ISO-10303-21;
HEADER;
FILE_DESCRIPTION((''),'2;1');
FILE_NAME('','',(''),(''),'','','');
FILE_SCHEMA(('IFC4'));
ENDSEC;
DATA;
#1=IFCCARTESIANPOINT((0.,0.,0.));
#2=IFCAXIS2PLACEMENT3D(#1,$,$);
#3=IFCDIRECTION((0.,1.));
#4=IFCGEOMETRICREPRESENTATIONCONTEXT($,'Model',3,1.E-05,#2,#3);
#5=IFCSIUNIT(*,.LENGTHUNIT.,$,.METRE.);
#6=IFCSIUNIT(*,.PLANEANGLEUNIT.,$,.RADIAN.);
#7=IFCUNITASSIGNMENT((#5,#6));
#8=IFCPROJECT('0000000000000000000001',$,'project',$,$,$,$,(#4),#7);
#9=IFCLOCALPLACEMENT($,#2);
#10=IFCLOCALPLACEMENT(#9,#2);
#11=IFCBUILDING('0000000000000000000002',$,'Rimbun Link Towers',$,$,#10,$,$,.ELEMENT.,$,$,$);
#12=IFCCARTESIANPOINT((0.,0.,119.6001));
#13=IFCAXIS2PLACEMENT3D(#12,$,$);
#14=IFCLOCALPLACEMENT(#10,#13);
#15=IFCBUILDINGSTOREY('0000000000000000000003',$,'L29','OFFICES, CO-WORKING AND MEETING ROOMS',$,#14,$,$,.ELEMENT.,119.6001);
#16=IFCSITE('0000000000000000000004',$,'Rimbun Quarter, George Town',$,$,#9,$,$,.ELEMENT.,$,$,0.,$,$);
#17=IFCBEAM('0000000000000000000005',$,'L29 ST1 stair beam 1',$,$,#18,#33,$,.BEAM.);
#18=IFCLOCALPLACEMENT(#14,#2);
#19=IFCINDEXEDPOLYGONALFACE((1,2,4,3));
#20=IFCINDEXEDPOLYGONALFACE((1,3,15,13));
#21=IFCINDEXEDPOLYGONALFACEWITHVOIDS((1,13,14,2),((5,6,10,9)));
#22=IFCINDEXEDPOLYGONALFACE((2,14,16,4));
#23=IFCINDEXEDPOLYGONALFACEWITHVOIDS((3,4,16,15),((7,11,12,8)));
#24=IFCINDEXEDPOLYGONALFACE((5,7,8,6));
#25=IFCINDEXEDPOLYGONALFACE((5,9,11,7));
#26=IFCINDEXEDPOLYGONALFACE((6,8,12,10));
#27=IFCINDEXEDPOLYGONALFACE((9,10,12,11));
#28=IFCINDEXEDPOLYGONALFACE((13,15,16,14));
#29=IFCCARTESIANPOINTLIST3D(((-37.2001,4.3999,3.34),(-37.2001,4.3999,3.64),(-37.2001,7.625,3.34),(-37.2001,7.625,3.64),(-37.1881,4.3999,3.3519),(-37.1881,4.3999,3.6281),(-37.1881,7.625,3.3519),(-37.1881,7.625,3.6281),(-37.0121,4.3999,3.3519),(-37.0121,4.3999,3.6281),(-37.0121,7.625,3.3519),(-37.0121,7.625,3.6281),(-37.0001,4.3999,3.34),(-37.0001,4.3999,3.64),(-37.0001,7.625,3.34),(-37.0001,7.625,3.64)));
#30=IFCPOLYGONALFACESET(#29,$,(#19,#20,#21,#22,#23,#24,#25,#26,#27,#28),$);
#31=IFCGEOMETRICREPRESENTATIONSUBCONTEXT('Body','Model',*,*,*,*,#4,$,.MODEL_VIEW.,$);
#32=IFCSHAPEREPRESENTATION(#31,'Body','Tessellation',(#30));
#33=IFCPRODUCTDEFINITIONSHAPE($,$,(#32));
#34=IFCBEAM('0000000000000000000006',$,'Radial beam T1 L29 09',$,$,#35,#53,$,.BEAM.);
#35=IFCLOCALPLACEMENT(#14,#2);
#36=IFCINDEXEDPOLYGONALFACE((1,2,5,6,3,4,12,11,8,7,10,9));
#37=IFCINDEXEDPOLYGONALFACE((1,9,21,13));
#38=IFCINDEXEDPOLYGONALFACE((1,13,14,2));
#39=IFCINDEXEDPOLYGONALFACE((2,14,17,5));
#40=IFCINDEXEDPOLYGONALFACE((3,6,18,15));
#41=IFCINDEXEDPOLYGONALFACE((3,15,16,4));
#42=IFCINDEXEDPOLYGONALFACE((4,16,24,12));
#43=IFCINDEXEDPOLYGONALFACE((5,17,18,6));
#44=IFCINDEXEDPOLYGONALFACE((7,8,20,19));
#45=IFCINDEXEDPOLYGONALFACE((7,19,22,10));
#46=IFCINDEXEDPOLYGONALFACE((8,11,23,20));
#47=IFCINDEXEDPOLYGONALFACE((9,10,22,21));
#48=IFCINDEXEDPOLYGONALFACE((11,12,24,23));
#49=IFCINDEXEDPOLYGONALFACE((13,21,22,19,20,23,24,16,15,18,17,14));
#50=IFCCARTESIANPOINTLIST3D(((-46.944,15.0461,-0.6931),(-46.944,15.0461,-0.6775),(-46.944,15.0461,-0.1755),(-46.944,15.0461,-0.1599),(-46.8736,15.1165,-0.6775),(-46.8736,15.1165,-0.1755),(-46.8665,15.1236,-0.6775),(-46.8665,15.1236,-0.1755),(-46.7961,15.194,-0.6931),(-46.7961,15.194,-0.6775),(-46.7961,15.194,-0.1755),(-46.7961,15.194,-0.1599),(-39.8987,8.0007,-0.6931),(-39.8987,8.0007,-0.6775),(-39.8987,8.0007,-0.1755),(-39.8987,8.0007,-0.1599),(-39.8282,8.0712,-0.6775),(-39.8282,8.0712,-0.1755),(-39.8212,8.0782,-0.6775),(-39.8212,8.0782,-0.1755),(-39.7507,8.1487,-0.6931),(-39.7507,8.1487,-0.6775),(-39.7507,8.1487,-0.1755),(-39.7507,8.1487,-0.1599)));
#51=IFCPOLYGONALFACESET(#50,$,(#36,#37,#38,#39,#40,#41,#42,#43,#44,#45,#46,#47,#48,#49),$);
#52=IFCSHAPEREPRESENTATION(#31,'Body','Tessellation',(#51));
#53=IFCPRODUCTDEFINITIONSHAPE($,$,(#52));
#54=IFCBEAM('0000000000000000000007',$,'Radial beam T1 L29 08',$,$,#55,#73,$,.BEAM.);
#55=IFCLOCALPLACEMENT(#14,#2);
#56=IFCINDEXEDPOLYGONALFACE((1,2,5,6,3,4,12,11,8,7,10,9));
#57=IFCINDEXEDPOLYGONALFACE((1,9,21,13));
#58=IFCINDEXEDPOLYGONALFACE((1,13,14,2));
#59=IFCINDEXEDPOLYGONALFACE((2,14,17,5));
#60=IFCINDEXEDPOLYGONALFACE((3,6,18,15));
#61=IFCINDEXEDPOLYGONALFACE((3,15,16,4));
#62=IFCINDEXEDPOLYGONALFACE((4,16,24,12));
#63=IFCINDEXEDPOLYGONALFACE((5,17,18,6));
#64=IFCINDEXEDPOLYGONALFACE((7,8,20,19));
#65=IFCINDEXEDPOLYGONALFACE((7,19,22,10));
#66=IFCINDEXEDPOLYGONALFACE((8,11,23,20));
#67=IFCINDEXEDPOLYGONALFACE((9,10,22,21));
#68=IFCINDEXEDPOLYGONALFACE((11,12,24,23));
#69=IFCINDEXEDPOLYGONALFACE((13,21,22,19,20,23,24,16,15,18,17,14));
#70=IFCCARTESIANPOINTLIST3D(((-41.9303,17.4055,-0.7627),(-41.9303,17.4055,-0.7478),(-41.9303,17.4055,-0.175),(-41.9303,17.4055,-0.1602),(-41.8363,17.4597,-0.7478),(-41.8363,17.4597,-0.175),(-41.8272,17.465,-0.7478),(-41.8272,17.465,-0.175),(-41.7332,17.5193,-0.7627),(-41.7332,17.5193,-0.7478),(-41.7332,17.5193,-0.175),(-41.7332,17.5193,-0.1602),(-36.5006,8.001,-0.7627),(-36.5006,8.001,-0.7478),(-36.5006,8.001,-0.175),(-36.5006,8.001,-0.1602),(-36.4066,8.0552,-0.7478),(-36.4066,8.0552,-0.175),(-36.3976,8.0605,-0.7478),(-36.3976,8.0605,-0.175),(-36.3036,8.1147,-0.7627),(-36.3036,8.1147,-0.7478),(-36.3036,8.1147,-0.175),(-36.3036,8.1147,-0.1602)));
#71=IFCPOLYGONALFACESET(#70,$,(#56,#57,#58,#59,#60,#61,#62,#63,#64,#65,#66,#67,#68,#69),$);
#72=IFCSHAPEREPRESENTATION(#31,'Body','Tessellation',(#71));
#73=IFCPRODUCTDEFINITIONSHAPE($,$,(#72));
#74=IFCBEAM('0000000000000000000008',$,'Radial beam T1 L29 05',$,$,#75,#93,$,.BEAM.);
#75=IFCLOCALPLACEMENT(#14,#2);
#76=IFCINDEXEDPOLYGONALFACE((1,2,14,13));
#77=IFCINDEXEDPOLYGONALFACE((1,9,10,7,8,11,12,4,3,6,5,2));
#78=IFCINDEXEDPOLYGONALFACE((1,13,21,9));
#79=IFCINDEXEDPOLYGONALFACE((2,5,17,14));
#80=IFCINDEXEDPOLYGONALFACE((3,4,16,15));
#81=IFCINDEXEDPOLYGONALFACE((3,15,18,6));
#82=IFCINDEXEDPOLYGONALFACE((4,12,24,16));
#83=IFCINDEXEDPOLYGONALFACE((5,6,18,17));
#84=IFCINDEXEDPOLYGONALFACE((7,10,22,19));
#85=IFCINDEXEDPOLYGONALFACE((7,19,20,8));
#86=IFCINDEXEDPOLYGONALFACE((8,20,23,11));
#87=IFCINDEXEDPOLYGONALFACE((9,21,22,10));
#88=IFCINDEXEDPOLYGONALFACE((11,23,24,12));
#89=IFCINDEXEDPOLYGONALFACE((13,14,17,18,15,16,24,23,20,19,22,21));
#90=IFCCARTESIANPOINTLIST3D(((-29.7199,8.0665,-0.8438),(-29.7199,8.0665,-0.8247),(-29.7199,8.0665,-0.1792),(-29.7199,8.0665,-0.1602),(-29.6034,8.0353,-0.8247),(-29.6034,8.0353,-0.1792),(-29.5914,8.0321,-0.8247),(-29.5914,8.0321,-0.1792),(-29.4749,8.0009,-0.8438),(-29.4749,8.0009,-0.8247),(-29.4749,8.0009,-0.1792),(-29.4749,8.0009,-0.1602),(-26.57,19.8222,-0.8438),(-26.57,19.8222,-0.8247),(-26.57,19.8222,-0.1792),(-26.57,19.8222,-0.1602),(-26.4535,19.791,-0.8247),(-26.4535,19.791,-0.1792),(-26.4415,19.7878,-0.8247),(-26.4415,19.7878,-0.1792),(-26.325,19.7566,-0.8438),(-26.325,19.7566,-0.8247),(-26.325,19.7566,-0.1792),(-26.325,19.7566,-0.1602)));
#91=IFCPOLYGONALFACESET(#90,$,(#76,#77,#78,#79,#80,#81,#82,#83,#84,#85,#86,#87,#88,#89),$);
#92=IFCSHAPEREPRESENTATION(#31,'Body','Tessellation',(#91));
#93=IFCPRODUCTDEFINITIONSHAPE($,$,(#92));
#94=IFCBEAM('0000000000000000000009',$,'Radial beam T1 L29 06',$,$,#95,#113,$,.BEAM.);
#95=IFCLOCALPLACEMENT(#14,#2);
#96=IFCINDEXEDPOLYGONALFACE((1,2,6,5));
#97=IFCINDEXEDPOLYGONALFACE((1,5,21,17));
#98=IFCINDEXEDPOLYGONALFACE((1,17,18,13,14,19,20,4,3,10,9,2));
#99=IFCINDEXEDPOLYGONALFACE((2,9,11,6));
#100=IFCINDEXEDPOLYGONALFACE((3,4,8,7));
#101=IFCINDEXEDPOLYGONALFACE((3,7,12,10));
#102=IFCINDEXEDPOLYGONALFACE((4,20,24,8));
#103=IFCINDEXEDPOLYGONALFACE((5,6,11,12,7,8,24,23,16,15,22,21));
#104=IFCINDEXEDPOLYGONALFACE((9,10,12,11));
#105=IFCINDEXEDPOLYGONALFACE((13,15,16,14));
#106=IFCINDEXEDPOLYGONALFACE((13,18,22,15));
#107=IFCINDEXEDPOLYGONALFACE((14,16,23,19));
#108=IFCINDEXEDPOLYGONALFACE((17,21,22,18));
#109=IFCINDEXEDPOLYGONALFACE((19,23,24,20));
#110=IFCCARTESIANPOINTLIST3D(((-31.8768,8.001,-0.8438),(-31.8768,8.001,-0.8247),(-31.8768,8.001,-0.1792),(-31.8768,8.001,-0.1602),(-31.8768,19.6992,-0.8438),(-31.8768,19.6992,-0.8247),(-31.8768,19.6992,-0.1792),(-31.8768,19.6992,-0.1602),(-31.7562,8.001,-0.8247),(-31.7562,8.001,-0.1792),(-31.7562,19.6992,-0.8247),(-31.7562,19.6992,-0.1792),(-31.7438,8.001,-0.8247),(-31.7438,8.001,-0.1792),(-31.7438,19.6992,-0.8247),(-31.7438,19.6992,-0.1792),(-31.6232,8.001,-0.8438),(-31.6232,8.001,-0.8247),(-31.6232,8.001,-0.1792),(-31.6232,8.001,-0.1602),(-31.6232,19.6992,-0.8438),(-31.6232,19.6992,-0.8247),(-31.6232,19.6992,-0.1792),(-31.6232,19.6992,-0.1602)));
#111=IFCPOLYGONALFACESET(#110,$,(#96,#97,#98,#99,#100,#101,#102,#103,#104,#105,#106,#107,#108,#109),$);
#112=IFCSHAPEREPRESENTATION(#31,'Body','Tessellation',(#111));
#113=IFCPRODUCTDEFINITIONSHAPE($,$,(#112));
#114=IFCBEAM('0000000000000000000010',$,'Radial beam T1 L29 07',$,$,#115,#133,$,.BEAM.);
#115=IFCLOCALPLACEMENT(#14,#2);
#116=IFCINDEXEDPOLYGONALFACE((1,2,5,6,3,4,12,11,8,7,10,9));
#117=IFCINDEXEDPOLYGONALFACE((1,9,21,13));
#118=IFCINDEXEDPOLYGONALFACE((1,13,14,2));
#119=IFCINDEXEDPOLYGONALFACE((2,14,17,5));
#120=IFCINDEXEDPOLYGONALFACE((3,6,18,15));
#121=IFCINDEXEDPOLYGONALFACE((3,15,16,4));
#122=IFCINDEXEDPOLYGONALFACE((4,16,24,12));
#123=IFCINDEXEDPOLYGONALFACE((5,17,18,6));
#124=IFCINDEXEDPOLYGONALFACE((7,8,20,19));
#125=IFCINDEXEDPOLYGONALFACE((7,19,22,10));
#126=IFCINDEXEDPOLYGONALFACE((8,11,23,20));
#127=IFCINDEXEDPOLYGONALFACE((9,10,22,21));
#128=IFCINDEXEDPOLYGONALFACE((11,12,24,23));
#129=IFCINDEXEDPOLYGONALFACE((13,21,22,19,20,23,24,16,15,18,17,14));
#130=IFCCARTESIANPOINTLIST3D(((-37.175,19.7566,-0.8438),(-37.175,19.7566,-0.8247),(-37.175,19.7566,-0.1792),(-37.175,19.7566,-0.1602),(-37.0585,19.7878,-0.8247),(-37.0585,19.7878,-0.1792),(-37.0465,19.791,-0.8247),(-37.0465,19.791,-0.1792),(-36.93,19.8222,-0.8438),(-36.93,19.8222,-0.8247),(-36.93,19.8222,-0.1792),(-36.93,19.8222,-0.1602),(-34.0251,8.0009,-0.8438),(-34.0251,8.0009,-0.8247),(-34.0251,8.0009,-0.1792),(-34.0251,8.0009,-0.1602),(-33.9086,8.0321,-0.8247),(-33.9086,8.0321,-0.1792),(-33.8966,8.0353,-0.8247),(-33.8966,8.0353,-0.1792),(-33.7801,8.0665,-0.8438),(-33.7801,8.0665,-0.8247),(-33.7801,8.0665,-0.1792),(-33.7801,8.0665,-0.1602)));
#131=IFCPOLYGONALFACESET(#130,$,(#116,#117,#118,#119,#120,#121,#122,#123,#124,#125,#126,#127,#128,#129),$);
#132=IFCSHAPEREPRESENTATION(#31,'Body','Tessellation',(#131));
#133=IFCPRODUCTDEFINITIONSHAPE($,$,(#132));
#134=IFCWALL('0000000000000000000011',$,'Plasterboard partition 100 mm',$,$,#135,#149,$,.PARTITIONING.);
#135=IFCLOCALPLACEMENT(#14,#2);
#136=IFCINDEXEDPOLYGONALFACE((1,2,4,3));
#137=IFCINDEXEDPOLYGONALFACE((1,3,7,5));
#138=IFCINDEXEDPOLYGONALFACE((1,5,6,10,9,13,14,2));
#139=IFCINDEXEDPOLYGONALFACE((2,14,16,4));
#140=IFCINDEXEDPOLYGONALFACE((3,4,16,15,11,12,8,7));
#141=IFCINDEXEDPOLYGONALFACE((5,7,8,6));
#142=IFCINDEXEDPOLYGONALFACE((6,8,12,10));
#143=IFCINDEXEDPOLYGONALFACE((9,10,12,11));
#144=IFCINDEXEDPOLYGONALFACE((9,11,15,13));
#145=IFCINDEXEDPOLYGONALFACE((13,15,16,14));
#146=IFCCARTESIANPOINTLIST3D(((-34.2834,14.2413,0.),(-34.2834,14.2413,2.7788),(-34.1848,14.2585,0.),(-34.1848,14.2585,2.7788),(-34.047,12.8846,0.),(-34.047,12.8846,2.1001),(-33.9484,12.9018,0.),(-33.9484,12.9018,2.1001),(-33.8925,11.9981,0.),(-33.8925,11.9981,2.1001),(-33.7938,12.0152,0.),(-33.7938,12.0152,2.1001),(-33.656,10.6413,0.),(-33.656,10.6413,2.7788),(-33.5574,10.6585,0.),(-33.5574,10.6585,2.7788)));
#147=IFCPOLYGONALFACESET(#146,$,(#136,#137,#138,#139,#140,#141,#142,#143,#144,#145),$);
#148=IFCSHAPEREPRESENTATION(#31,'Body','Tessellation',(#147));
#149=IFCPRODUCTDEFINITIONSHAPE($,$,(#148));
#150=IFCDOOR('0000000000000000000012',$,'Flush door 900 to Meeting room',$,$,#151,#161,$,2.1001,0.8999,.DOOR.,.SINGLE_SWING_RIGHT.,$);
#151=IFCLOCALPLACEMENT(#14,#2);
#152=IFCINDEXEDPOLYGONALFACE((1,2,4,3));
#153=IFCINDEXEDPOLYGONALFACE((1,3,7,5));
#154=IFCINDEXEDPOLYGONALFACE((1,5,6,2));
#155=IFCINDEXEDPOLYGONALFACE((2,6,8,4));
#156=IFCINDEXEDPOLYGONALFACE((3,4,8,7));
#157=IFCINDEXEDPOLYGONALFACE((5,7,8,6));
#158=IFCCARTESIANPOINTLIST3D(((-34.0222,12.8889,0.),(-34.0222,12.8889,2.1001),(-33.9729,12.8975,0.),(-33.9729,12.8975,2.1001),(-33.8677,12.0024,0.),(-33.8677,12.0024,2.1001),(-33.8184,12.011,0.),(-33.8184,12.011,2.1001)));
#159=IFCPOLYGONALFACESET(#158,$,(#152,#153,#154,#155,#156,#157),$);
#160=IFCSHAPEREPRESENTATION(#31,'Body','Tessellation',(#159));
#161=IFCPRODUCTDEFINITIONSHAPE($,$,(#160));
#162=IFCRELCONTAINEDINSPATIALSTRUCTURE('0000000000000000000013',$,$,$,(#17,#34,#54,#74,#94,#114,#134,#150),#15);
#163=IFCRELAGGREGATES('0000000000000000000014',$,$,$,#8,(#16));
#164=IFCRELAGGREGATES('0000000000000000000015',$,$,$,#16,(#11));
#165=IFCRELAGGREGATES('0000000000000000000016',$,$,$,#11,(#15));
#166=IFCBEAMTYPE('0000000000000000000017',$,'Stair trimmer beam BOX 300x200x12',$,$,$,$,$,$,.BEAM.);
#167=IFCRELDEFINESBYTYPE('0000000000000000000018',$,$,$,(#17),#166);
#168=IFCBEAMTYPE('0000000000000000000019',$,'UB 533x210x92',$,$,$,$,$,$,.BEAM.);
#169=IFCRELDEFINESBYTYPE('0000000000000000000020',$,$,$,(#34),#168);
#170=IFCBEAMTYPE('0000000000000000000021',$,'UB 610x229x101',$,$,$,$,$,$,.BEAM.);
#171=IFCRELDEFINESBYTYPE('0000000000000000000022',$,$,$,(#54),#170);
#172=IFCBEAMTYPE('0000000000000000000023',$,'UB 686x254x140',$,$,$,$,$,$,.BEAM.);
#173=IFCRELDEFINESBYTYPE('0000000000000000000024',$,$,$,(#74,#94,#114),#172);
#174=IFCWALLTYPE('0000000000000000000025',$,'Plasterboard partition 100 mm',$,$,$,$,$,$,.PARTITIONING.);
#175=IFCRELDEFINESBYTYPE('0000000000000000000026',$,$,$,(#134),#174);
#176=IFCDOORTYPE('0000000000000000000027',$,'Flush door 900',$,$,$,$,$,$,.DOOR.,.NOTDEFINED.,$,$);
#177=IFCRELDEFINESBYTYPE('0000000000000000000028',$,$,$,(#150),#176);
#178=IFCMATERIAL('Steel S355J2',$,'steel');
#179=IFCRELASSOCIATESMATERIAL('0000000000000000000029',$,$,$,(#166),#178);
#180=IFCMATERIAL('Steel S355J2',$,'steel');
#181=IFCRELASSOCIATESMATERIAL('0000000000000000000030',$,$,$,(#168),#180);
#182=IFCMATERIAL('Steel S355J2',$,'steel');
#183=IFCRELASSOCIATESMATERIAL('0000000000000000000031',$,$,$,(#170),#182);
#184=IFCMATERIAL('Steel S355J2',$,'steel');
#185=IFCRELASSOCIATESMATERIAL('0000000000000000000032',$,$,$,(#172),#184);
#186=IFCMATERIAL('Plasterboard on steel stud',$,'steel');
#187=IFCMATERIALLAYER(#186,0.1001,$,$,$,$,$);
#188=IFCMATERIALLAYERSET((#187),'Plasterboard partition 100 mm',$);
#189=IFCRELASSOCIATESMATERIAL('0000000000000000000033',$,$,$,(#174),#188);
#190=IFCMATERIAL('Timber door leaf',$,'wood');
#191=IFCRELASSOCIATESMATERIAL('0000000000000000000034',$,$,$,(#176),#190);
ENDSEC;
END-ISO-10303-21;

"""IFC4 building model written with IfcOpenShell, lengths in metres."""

from ifc_helpers import new_model, si_unit, direction, frame, frame_2d, origin, origin_2d, place, context, subcontext, project, spatial, rectangle, hollow_rectangle, i_section, extrude, material, layer, layer_set, material_profile, profile_set, type_object, element, fill, save


model = new_model("IFC4")

# Units and contexts
model_context = context("Model", 3, precision=1e-05, world=origin(), true_north=direction((0.0, 1.0)))
body_context = subcontext(model_context, "Body", "Model", "MODEL_VIEW")
ifc_project = project(units=[si_unit("LENGTHUNIT", "METRE"), si_unit("PLANEANGLEUNIT", "RADIAN")], contexts=[model_context])

# Site, building, storey
site_placement = place(None, origin())
site = spatial("IfcSite", under=ifc_project, at=site_placement, Name="Rimbun Quarter, George Town", CompositionType="ELEMENT", RefElevation=0.0)
building_placement = place(site_placement, origin())
building = spatial("IfcBuilding", under=site, at=building_placement, Name="Rimbun Link Towers", CompositionType="ELEMENT")
storey_placement = place(building_placement, frame((0.0, 0.0, 119.6001)))
storey = spatial("IfcBuildingStorey", under=building, at=storey_placement, Name="L29", Description="OFFICES, CO-WORKING AND MEETING ROOMS", CompositionType="ELEMENT", Elevation=119.6001)

# Beams
ifc_material_1 = material(Name="Steel S355J2", Category="steel")
ifc_material_profile_1 = material_profile(ifc_material_1, hollow_rectangle(XDim=0.2, YDim=0.3, WallThickness=0.012, at=origin_2d()), Name="BOX 300x200x12")
ifc_profile_set_1 = profile_set([ifc_material_profile_1], Name="Steel S355J2")
beam_type_1 = type_object("IfcBeamType", Name="Stair trimmer beam BOX 300x200x12", PredefinedType="BEAM", material=ifc_profile_set_1)
beam_1_placement = place(storey_placement, frame((-37.1001, 7.625, 3.49), z_axis=(0.0, -1.0, 0.0), x_axis=(1.0, 0.0, 0.0)))
element("IfcBeam", 1, at=beam_1_placement, inside=storey, type_object=beam_type_1, Name="L29 ST1 stair beam 1", PredefinedType="BEAM", context=body_context, shape_type="SweptSolid", body=[
    extrude(hollow_rectangle(XDim=0.2, YDim=0.3, WallThickness=0.012, at=origin_2d()), origin(), (0.0, 0.0, 1.0), 3.2251),
])
ifc_material_2 = material(Name="Steel S355J2", Category="steel")
ifc_material_profile_2 = material_profile(ifc_material_2, i_section(OverallWidth=0.2092, OverallDepth=0.5332, WebThickness=0.01, FlangeThickness=0.0156, at=origin_2d()), Name="UB 533x210x92")
ifc_profile_set_2 = profile_set([ifc_material_profile_2], Name="Steel S355J2")
beam_type_2 = type_object("IfcBeamType", Name="UB 533x210x92", PredefinedType="BEAM", material=ifc_profile_set_2)
beam_2_placement = place(storey_placement, frame((-39.8247, 8.0747, -0.4265), z_axis=(-0.707107, 0.707107, 0.0), x_axis=(-0.707107, -0.707107, 0.0)))
element("IfcBeam", 2, at=beam_2_placement, inside=storey, type_object=beam_type_2, Name="Radial beam T1 L29 09", PredefinedType="BEAM", context=body_context, shape_type="SweptSolid", body=[
    extrude(i_section(OverallWidth=0.2092, OverallDepth=0.5332, WebThickness=0.01, FlangeThickness=0.0156, at=origin_2d()), origin(), (0.0, 0.0, 1.0), 9.9636),
])
ifc_material_3 = material(Name="Steel S355J2", Category="steel")
ifc_material_profile_3 = material_profile(ifc_material_3, i_section(OverallWidth=0.2275, OverallDepth=0.6025, WebThickness=0.0105, FlangeThickness=0.0149, at=origin_2d()), Name="UB 610x229x101")
ifc_profile_set_3 = profile_set([ifc_material_profile_3], Name="Steel S355J2")
beam_type_3 = type_object("IfcBeamType", Name="UB 610x229x101", PredefinedType="BEAM", material=ifc_profile_set_3)
beam_3_placement = place(storey_placement, frame((-36.4021, 8.0579, -0.4614), z_axis=(-0.499998, 0.866026, 0.0), x_axis=(-0.866026, -0.499998, 0.0)))
element("IfcBeam", 3, at=beam_3_placement, inside=storey, type_object=beam_type_3, Name="Radial beam T1 L29 08", PredefinedType="BEAM", context=body_context, shape_type="SweptSolid", body=[
    extrude(i_section(OverallWidth=0.2275, OverallDepth=0.6025, WebThickness=0.0105, FlangeThickness=0.0149, at=origin_2d()), origin(), (0.0, 0.0, 1.0), 10.8594),
])
ifc_material_4 = material(Name="Steel S355J2", Category="steel")
ifc_material_profile_4 = material_profile(ifc_material_4, i_section(OverallWidth=0.2537, OverallDepth=0.6836, WebThickness=0.0125, FlangeThickness=0.019, at=origin_2d()), Name="UB 686x254x140")
ifc_profile_set_4 = profile_set([ifc_material_profile_4], Name="Steel S355J2")
beam_type_4 = type_object("IfcBeamType", Name="UB 686x254x140", PredefinedType="BEAM", material=ifc_profile_set_4)
beam_4_placement = place(storey_placement, frame((-29.5974, 8.0337, -0.502), z_axis=(0.258819, 0.965926, 0.0), x_axis=(-0.965926, 0.258819, 0.0)))
element("IfcBeam", 4, at=beam_4_placement, inside=storey, type_object=beam_type_4, Name="Radial beam T1 L29 05", PredefinedType="BEAM", context=body_context, shape_type="SweptSolid", body=[
    extrude(i_section(OverallWidth=0.2537, OverallDepth=0.6836, WebThickness=0.0125, FlangeThickness=0.019, at=origin_2d()), origin(), (0.0, 0.0, 1.0), 12.1704),
])
beam_5_placement = place(storey_placement, frame((-31.75, 8.001, -0.502), z_axis=(0.0, 1.0, 0.0), x_axis=(-1.0, 0.0, 0.0)))
element("IfcBeam", 5, at=beam_5_placement, inside=storey, type_object=beam_type_4, Name="Radial beam T1 L29 06", PredefinedType="BEAM", context=body_context, shape_type="SweptSolid", body=[
    extrude(i_section(OverallWidth=0.2537, OverallDepth=0.6836, WebThickness=0.0125, FlangeThickness=0.019, at=origin_2d()), origin(), (0.0, 0.0, 1.0), 11.6982),
])
beam_6_placement = place(storey_placement, frame((-33.9026, 8.0337, -0.502), z_axis=(-0.258819, 0.965926, 0.0), x_axis=(-0.965926, -0.258819, 0.0)))
element("IfcBeam", 6, at=beam_6_placement, inside=storey, type_object=beam_type_4, Name="Radial beam T1 L29 07", PredefinedType="BEAM", context=body_context, shape_type="SweptSolid", body=[
    extrude(i_section(OverallWidth=0.2537, OverallDepth=0.6836, WebThickness=0.0125, FlangeThickness=0.019, at=origin_2d()), origin(), (0.0, 0.0, 1.0), 12.1704),
])

# Wall, opening, door
ifc_material_5 = material(Name="Plasterboard on steel stud", Category="steel")
ifc_layer_1 = layer(ifc_material_5, 0.1001)
ifc_layer_set_1 = layer_set([ifc_layer_1], Name="Plasterboard partition 100 mm")
wall_type_1 = type_object("IfcWallType", Name="Plasterboard partition 100 mm", PredefinedType="PARTITIONING", material=ifc_layer_set_1)
wall_1_placement = place(storey_placement, frame((-33.6067, 10.6499, 0.0), z_axis=(0.0, 0.0, 1.0), x_axis=(-0.171696, 0.98515, 0.0)))
wall_1 = element("IfcWall", 7, at=wall_1_placement, inside=storey, type_object=wall_type_1, Name="Plasterboard partition 100 mm", PredefinedType="PARTITIONING", context=body_context, shape_type="SweptSolid", body=[
    extrude(rectangle(XDim=3.6543, YDim=0.1001, at=frame_2d((1.8271, 0.0))), origin(), (0.0, 0.0, 1.0), 2.7788),
])
opening_1_placement = place(wall_1_placement, frame((1.3772, 0.0, 0.0)))
opening_1 = element("IfcOpeningElement", 8, at=opening_1_placement, cuts=wall_1, PredefinedType="OPENING", context=body_context, shape_type="SweptSolid", body=[
    extrude(rectangle(XDim=0.8999, YDim=2.1001, at=frame_2d((0.45, 1.05))), frame((0.0, 0.0601, 0.0), z_axis=(0.0, -1.0, 0.0), x_axis=(1.0, 0.0, 0.0)), (0.0, 0.0, 1.0), 0.1201),
])
ifc_material_6 = material(Name="Timber door leaf", Category="wood")
door_type_1 = type_object("IfcDoorType", Name="Flush door 900", OperationType="NOTDEFINED", PredefinedType="DOOR", material=ifc_material_6)
door_1_placement = place(opening_1_placement, origin())
door_1 = element("IfcDoor", 9, at=door_1_placement, inside=storey, type_object=door_type_1, Name="Flush door 900 to Meeting room", OperationType="SINGLE_SWING_RIGHT", OverallHeight=2.1001, OverallWidth=0.8999, PredefinedType="DOOR", context=body_context, shape_type="SweptSolid", body=[
    extrude(rectangle(XDim=0.8999, YDim=2.1001, at=frame_2d((0.45, 1.05))), frame((0.0, 0.0249, 0.0), z_axis=(0.0, -1.0, 0.0), x_axis=(1.0, 0.0, 0.0)), (0.0, 0.0, 1.0), 0.05),
])
fill(opening_1, door_1)

save(model, "model.ifc")
